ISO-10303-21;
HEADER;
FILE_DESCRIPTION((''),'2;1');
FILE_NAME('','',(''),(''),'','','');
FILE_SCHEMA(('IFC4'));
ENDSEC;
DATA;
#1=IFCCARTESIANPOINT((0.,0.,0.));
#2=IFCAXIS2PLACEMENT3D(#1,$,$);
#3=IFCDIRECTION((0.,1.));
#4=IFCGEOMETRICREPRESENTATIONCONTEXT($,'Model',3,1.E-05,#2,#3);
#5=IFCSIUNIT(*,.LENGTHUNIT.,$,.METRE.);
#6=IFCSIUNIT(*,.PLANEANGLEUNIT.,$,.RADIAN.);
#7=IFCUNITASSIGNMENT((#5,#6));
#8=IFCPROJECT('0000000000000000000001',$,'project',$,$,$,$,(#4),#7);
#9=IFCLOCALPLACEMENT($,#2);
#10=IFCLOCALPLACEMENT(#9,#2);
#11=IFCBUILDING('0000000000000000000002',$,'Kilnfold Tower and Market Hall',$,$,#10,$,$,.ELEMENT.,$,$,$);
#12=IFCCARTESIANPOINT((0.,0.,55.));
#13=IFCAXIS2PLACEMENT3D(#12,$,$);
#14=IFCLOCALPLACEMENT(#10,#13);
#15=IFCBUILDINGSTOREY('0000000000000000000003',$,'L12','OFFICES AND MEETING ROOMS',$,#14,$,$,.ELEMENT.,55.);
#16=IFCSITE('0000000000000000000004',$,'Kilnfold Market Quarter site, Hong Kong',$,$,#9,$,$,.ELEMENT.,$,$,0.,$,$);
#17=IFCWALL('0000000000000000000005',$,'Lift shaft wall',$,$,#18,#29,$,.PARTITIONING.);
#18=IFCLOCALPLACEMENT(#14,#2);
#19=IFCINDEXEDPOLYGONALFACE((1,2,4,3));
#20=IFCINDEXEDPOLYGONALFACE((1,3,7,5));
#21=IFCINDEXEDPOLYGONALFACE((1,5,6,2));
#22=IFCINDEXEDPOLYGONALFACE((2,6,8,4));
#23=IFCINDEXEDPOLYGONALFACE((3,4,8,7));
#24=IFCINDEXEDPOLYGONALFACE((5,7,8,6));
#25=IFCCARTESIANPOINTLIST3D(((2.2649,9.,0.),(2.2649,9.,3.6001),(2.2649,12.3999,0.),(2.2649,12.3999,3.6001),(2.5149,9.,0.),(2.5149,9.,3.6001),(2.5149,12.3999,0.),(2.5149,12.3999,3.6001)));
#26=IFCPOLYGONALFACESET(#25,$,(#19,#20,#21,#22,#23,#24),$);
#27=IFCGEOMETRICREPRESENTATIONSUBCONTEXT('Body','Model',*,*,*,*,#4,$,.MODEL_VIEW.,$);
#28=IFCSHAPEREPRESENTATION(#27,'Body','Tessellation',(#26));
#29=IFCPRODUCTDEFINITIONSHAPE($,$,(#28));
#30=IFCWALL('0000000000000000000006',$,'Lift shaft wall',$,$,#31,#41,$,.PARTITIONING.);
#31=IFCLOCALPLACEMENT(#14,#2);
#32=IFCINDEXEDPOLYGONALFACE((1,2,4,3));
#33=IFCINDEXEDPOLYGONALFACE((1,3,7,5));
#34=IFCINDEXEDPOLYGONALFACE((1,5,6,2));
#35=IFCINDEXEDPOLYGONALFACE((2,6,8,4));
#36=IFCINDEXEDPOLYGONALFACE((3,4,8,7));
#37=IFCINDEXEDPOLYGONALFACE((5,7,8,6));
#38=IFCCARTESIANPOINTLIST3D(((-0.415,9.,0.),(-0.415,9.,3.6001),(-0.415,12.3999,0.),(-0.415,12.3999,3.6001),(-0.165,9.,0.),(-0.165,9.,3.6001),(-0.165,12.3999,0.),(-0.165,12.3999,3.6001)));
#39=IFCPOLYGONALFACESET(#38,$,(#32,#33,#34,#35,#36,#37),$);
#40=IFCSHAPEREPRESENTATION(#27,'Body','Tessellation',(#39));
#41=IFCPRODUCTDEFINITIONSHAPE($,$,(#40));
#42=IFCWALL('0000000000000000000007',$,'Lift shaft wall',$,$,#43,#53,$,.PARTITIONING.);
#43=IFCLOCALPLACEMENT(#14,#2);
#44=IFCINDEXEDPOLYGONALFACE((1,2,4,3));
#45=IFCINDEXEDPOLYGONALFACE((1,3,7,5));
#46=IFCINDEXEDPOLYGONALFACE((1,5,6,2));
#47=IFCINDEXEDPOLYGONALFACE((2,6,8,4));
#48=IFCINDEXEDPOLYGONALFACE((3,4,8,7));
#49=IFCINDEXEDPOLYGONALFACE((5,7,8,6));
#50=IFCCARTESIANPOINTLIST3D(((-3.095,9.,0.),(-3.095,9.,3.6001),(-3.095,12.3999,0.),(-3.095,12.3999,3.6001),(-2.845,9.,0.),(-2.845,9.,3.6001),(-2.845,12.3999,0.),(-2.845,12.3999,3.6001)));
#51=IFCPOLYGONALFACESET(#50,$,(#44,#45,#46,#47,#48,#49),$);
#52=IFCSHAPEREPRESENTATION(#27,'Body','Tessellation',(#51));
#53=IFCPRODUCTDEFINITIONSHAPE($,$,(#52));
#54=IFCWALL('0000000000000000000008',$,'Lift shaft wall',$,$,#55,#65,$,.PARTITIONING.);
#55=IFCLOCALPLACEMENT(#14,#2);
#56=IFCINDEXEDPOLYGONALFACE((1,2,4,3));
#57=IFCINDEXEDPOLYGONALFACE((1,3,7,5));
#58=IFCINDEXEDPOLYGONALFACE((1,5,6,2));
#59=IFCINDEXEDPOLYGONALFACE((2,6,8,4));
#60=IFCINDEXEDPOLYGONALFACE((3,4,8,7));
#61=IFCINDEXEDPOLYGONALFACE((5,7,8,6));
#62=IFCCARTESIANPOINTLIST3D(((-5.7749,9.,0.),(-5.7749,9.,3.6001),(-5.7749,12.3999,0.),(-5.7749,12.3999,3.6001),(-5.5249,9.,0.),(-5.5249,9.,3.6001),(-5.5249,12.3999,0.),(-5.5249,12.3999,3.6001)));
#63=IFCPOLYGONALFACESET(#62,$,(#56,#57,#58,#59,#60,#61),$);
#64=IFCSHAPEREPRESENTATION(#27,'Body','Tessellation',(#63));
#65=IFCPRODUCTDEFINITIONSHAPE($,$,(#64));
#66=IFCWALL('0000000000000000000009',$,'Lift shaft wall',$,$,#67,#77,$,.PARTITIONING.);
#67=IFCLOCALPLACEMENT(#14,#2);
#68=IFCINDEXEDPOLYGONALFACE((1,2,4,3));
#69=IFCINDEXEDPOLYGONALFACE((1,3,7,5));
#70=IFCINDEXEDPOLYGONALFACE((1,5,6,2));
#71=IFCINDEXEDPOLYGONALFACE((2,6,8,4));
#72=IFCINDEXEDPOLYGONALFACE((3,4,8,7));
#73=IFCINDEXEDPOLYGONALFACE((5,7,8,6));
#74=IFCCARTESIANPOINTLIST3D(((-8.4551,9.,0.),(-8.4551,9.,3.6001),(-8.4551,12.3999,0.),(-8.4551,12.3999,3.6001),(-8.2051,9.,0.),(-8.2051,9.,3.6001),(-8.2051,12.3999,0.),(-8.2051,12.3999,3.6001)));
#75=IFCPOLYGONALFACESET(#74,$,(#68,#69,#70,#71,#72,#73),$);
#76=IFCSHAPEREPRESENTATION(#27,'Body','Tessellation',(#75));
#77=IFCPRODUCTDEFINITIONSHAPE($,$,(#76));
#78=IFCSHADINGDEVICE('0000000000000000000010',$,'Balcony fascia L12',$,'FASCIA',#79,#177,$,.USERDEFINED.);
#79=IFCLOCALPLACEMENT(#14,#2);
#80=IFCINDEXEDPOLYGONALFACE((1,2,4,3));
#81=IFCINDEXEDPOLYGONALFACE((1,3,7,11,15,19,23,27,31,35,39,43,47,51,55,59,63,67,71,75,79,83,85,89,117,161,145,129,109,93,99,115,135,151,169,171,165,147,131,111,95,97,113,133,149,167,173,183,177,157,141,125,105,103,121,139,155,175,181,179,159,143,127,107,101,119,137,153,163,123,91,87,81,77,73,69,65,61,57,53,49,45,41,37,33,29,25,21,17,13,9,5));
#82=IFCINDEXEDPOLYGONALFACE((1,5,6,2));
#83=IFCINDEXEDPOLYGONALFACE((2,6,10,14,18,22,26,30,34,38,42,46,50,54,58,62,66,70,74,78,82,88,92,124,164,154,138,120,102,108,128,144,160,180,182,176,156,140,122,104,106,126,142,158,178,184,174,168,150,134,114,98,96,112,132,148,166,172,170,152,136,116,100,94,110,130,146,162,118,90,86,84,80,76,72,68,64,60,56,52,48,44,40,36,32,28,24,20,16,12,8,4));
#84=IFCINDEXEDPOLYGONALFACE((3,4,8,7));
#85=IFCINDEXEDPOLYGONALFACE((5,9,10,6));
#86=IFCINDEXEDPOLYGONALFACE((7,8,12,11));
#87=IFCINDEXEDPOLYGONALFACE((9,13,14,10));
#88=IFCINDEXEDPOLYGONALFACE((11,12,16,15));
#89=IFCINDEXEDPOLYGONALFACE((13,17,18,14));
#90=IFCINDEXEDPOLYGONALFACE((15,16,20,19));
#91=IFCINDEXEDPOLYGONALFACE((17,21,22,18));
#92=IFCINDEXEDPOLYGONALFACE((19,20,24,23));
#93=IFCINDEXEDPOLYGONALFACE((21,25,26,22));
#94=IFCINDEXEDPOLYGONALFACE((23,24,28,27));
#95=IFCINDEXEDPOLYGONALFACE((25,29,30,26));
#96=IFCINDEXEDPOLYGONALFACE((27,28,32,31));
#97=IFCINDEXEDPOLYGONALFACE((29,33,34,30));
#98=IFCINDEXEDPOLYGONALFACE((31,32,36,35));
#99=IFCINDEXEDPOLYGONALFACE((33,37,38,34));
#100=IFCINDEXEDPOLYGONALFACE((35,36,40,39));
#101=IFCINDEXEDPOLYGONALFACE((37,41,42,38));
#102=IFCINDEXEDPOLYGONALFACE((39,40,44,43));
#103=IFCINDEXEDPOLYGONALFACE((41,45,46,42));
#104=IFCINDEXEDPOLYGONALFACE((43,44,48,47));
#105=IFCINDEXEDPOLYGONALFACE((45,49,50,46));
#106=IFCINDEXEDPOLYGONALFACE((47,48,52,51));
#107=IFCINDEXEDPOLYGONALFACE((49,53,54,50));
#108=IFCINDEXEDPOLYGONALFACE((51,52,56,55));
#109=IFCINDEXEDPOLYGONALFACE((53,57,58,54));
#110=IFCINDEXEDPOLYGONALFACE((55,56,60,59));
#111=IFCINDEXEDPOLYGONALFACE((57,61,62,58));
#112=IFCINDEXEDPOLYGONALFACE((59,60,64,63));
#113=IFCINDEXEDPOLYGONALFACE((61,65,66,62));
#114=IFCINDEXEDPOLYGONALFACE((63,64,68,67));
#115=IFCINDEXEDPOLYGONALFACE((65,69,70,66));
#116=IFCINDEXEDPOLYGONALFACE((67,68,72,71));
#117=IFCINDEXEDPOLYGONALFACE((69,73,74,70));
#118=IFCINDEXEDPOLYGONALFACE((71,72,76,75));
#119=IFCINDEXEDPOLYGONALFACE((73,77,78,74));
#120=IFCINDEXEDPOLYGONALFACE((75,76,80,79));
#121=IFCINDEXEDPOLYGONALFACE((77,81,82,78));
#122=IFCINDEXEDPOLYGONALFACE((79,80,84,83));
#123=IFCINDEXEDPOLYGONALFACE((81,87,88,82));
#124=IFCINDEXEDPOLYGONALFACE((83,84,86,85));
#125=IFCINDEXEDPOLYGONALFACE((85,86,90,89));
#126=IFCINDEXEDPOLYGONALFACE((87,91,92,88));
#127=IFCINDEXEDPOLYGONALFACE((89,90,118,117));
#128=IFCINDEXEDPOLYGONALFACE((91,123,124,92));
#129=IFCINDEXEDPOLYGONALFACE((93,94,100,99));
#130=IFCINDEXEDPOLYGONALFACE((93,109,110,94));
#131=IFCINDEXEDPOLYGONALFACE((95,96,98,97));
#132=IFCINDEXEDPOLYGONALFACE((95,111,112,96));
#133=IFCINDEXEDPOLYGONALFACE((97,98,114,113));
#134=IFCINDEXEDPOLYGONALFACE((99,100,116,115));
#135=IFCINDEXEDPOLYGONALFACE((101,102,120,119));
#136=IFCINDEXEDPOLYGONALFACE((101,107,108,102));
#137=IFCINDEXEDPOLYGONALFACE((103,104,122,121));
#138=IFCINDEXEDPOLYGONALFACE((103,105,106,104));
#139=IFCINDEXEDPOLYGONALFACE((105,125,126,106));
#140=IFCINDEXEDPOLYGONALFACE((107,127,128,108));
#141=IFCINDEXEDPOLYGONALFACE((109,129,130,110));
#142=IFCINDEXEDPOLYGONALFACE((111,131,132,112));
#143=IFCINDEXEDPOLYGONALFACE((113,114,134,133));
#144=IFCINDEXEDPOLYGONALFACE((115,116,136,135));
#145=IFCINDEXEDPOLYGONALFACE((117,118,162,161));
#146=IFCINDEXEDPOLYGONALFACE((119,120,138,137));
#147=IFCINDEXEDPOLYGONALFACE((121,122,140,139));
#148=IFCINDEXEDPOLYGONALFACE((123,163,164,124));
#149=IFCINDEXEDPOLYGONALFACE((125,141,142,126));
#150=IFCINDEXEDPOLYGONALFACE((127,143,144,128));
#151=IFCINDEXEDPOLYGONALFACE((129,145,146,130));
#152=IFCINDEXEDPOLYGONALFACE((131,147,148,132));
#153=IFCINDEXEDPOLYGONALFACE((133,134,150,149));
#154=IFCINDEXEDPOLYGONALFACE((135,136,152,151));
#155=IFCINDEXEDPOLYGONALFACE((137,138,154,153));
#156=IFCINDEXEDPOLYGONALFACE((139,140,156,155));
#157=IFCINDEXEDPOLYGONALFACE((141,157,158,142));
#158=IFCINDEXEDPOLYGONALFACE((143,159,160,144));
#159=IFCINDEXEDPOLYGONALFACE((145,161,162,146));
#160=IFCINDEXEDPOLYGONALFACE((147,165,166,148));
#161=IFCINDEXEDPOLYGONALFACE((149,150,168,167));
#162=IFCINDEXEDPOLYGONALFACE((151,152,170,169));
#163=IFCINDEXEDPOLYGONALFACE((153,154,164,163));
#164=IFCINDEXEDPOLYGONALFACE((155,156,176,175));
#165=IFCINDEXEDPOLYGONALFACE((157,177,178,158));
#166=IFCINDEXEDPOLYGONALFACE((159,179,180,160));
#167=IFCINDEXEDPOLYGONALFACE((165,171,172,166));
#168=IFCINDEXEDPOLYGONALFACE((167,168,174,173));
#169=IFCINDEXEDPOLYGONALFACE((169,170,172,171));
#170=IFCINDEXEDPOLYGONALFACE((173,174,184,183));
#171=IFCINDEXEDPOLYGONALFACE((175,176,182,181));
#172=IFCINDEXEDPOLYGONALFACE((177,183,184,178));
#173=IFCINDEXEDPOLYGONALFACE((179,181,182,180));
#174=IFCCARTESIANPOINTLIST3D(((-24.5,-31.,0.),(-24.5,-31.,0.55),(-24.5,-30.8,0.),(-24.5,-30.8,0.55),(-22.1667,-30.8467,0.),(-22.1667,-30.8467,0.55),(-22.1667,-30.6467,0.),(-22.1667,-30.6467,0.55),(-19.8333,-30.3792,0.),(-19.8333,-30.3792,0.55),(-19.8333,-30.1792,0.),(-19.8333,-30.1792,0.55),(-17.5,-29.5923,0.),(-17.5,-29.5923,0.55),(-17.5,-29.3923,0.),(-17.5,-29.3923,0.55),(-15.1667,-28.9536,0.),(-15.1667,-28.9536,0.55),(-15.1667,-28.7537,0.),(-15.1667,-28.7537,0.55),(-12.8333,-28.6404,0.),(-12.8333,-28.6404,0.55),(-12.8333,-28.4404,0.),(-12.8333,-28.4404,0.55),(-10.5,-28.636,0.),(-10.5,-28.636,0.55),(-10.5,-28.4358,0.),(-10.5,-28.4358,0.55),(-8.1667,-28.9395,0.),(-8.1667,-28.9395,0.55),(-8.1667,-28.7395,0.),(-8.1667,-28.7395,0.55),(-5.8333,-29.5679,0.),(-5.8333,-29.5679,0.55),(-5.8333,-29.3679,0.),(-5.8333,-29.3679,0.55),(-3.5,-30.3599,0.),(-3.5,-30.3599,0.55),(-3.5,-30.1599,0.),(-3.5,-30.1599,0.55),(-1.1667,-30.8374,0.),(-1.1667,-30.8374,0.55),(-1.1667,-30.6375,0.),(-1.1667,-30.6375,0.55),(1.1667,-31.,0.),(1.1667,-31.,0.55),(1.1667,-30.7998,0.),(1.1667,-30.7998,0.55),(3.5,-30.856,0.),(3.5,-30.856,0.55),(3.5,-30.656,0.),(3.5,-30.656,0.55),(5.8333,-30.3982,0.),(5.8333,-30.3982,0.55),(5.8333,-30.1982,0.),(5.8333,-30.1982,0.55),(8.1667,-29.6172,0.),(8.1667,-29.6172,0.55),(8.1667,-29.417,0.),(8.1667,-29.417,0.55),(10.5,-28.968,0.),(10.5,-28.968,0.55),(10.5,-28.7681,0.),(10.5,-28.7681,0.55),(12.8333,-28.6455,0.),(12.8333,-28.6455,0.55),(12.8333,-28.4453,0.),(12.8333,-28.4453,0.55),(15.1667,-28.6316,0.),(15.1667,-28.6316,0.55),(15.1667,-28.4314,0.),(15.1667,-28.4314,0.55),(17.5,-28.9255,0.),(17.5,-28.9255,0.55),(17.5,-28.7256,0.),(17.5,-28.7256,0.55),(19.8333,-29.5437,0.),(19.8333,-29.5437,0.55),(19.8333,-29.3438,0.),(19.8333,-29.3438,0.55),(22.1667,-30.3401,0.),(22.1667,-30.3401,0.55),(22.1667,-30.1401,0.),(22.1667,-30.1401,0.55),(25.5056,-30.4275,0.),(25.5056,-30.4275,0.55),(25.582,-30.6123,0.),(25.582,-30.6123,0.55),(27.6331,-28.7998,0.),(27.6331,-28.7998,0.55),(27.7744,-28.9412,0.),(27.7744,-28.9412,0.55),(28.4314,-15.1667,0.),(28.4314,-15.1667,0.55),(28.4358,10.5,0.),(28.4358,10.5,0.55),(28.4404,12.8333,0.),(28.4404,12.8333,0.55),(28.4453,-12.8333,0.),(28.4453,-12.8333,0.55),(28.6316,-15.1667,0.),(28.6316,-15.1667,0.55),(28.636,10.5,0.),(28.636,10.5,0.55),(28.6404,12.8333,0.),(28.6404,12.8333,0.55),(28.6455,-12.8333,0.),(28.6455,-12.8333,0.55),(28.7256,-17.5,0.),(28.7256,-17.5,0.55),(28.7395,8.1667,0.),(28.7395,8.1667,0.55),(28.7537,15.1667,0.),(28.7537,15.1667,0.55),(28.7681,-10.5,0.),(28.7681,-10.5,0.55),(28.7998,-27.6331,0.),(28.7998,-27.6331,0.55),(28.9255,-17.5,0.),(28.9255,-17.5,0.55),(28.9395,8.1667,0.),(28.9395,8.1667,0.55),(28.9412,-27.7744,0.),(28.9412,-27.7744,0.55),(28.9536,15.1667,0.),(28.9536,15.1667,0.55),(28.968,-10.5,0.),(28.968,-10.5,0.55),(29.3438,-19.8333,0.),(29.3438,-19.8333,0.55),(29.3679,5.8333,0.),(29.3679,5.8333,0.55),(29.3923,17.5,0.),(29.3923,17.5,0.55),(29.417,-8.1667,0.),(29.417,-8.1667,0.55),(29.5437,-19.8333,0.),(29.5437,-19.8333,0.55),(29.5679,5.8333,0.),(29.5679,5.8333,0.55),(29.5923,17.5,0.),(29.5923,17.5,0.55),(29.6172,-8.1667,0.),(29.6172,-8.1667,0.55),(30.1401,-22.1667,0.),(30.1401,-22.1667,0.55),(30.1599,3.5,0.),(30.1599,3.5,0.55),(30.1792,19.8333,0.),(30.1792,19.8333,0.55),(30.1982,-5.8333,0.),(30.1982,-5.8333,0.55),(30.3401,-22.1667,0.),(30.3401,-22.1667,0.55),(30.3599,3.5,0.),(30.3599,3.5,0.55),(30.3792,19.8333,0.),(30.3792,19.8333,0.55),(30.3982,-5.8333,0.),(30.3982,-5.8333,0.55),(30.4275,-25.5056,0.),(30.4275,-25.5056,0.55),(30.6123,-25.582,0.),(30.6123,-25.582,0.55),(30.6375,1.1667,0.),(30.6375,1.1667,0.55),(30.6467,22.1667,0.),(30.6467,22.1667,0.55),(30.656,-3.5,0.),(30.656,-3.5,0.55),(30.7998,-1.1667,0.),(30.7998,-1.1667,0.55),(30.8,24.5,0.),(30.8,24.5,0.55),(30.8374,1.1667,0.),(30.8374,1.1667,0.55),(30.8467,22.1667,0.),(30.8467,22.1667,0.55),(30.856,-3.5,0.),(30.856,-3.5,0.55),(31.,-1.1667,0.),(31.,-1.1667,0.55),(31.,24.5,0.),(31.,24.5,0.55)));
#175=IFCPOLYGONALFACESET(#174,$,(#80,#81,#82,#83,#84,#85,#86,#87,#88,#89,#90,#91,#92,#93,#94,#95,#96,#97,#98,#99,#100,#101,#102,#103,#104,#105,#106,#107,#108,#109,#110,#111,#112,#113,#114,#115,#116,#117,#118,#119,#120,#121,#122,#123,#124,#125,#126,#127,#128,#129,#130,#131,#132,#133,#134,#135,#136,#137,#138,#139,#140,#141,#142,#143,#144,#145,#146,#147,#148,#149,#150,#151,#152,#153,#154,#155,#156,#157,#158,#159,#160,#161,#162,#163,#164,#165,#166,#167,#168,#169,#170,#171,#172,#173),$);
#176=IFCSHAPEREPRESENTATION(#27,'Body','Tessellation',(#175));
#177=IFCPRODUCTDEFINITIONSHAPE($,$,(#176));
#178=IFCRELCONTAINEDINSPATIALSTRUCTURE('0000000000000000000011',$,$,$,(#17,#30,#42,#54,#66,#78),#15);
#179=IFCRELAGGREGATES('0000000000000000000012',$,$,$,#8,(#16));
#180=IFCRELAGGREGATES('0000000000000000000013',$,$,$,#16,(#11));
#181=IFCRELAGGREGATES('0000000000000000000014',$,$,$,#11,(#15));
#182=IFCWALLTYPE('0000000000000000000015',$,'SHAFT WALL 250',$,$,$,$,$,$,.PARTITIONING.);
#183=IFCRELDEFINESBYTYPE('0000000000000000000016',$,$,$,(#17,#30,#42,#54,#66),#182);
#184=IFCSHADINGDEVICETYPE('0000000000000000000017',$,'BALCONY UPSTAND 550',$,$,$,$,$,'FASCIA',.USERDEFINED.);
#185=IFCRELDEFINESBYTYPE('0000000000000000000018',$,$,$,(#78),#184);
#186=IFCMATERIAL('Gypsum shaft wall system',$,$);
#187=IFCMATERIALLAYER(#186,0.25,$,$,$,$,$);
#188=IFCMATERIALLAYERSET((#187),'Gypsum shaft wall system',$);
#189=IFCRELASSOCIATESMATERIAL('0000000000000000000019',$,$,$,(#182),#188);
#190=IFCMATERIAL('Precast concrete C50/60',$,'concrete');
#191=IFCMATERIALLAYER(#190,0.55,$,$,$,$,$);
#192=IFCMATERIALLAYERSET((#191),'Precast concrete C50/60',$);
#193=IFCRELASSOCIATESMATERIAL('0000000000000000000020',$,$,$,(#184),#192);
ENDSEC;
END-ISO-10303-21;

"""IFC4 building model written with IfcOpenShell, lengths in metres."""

from ifc_helpers import new_model, si_unit, direction, frame, frame_2d, origin, place, context, subcontext, project, spatial, polyline, rectangle, outline, extrude, source, transform, mapped, material, layer, layer_set, type_object, element, save


model = new_model("IFC4")

# Units and contexts
model_context = context("Model", 3, precision=1e-05, world=origin(), true_north=direction((0.0, 1.0)))
body_context = subcontext(model_context, "Body", "Model", "MODEL_VIEW")
ifc_project = project(units=[si_unit("LENGTHUNIT", "METRE"), si_unit("PLANEANGLEUNIT", "RADIAN")], contexts=[model_context])

# Site, building, storey
site_placement = place(None, origin())
site = spatial("IfcSite", under=ifc_project, at=site_placement, Name="Kilnfold Market Quarter site, Hong Kong", CompositionType="ELEMENT", RefElevation=0.0)
building_placement = place(site_placement, origin())
building = spatial("IfcBuilding", under=site, at=building_placement, Name="Kilnfold Tower and Market Hall", CompositionType="ELEMENT")
storey_placement = place(building_placement, frame((0.0, 0.0, 55.0)))
storey = spatial("IfcBuildingStorey", under=building, at=storey_placement, Name="L12", Description="OFFICES AND MEETING ROOMS", CompositionType="ELEMENT", Elevation=55.0)

# Walls
ifc_material_1 = material(Name="Gypsum shaft wall system")
ifc_layer_1 = layer(ifc_material_1, 0.25)
ifc_layer_set_1 = layer_set([ifc_layer_1], Name="Gypsum shaft wall system")
wall_type_1 = type_object("IfcWallType", Name="SHAFT WALL 250", PredefinedType="PARTITIONING", material=ifc_layer_set_1)
shared_shape_1 = source(origin(), body_context, "Body", "SweptSolid", [
    extrude(rectangle(XDim=3.3999, YDim=0.25, at=frame_2d((1.7, 0.0))), origin(), (0.0, 0.0, 1.0), 3.6001),
])
for number, where, z_axis, x_axis, name in (
    (1, (2.3899, 9.0, 0.0), (0.0, 0.0, 1.0), (0.0, 1.0, 0.0), "Lift shaft wall"),
    (2, (-0.29, 9.0, 0.0), (0.0, 0.0, 1.0), (0.0, 1.0, 0.0), "Lift shaft wall"),
    (3, (-2.97, 9.0, 0.0), (0.0, 0.0, 1.0), (0.0, 1.0, 0.0), "Lift shaft wall"),
    (4, (-5.6499, 9.0, 0.0), (0.0, 0.0, 1.0), (0.0, 1.0, 0.0), "Lift shaft wall"),
    (5, (-8.3301, 9.0, 0.0), (0.0, 0.0, 1.0), (0.0, 1.0, 0.0), "Lift shaft wall"),
):
    element("IfcWall", number, at=place(storey_placement, frame(where, z_axis=z_axis, x_axis=x_axis)), inside=storey, type_object=wall_type_1, Name=name, PredefinedType="PARTITIONING", context=body_context, shape_type="MappedRepresentation", body=[
        mapped(shared_shape_1, transform((0.0, 0.0, 0.0))),
    ])

# Shading device
ifc_material_2 = material(Name="Precast concrete C50/60", Category="concrete")
ifc_layer_2 = layer(ifc_material_2, 0.55)
ifc_layer_set_2 = layer_set([ifc_layer_2], Name="Precast concrete C50/60")
shading_device_type_1 = type_object("IfcShadingDeviceType", Name="BALCONY UPSTAND 550", ElementType="FASCIA", PredefinedType="USERDEFINED", material=ifc_layer_set_2)
shared_shape_2 = source(origin(), body_context, "Body", "SweptSolid", [
    extrude(outline(polyline([(-24.5, -31.0), (-22.1667, -30.8467), (-19.8333, -30.3792), (-17.5, -29.5923), (-15.1667, -28.9536), (-12.8333, -28.6404), (-10.5, -28.636), (-8.1667, -28.9395), (-5.8333, -29.5679), (-3.5, -30.3599), (-1.1667, -30.8374), (1.1667, -31.0), (3.5, -30.856), (5.8333, -30.3982), (8.1667, -29.6172), (10.5, -28.968), (12.8333, -28.6455), (15.1667, -28.6316), (17.5, -28.9255), (19.8333, -29.5437), (22.1667, -30.3401), (25.582, -30.6123), (27.7744, -28.9412), (28.9412, -27.7744), (30.6123, -25.582), (30.3401, -22.1667), (29.5437, -19.8333), (28.9255, -17.5), (28.6316, -15.1667), (28.6455, -12.8333), (28.968, -10.5), (29.6172, -8.1667), (30.3982, -5.8333), (30.856, -3.5), (31.0, -1.1667), (30.8374, 1.1667), (30.3599, 3.5), (29.5679, 5.8333), (28.9395, 8.1667), (28.636, 10.5), (28.6404, 12.8333), (28.9536, 15.1667), (29.5923, 17.5), (30.3792, 19.8333), (30.8467, 22.1667), (31.0, 24.5), (30.8, 24.5), (30.6467, 22.1667), (30.1792, 19.8333), (29.3923, 17.5), (28.7537, 15.1667), (28.4404, 12.8333), (28.4358, 10.5), (28.7395, 8.1667), (29.3679, 5.8333), (30.1599, 3.5), (30.6375, 1.1667), (30.7998, -1.1667), (30.656, -3.5), (30.1982, -5.8333), (29.417, -8.1667), (28.7681, -10.5), (28.4453, -12.8333), (28.4314, -15.1667), (28.7256, -17.5), (29.3438, -19.8333), (30.1401, -22.1667), (30.4275, -25.5056), (28.7998, -27.6331), (27.6331, -28.7998), (25.5056, -30.4275), (22.1667, -30.1401), (19.8333, -29.3438), (17.5, -28.7256), (15.1667, -28.4314), (12.8333, -28.4453), (10.5, -28.7681), (8.1667, -29.417), (5.8333, -30.1982), (3.5, -30.656), (1.1667, -30.7998), (-1.1667, -30.6375), (-3.5, -30.1599), (-5.8333, -29.3679), (-8.1667, -28.7395), (-10.5, -28.4358), (-12.8333, -28.4404), (-15.1667, -28.7537), (-17.5, -29.3923), (-19.8333, -30.1792), (-22.1667, -30.6467), (-24.5, -30.8), (-24.5, -31.0)])), origin(), (0.0, 0.0, 1.0), 0.55),
])
shading_device_1_placement = place(storey_placement, origin())
element("IfcShadingDevice", 6, at=shading_device_1_placement, inside=storey, type_object=shading_device_type_1, Name="Balcony fascia L12", ObjectType="FASCIA", PredefinedType="USERDEFINED", context=body_context, shape_type="MappedRepresentation", body=[
    mapped(shared_shape_2, transform((0.0, 0.0, 0.0))),
])

save(model, "model.ifc")
